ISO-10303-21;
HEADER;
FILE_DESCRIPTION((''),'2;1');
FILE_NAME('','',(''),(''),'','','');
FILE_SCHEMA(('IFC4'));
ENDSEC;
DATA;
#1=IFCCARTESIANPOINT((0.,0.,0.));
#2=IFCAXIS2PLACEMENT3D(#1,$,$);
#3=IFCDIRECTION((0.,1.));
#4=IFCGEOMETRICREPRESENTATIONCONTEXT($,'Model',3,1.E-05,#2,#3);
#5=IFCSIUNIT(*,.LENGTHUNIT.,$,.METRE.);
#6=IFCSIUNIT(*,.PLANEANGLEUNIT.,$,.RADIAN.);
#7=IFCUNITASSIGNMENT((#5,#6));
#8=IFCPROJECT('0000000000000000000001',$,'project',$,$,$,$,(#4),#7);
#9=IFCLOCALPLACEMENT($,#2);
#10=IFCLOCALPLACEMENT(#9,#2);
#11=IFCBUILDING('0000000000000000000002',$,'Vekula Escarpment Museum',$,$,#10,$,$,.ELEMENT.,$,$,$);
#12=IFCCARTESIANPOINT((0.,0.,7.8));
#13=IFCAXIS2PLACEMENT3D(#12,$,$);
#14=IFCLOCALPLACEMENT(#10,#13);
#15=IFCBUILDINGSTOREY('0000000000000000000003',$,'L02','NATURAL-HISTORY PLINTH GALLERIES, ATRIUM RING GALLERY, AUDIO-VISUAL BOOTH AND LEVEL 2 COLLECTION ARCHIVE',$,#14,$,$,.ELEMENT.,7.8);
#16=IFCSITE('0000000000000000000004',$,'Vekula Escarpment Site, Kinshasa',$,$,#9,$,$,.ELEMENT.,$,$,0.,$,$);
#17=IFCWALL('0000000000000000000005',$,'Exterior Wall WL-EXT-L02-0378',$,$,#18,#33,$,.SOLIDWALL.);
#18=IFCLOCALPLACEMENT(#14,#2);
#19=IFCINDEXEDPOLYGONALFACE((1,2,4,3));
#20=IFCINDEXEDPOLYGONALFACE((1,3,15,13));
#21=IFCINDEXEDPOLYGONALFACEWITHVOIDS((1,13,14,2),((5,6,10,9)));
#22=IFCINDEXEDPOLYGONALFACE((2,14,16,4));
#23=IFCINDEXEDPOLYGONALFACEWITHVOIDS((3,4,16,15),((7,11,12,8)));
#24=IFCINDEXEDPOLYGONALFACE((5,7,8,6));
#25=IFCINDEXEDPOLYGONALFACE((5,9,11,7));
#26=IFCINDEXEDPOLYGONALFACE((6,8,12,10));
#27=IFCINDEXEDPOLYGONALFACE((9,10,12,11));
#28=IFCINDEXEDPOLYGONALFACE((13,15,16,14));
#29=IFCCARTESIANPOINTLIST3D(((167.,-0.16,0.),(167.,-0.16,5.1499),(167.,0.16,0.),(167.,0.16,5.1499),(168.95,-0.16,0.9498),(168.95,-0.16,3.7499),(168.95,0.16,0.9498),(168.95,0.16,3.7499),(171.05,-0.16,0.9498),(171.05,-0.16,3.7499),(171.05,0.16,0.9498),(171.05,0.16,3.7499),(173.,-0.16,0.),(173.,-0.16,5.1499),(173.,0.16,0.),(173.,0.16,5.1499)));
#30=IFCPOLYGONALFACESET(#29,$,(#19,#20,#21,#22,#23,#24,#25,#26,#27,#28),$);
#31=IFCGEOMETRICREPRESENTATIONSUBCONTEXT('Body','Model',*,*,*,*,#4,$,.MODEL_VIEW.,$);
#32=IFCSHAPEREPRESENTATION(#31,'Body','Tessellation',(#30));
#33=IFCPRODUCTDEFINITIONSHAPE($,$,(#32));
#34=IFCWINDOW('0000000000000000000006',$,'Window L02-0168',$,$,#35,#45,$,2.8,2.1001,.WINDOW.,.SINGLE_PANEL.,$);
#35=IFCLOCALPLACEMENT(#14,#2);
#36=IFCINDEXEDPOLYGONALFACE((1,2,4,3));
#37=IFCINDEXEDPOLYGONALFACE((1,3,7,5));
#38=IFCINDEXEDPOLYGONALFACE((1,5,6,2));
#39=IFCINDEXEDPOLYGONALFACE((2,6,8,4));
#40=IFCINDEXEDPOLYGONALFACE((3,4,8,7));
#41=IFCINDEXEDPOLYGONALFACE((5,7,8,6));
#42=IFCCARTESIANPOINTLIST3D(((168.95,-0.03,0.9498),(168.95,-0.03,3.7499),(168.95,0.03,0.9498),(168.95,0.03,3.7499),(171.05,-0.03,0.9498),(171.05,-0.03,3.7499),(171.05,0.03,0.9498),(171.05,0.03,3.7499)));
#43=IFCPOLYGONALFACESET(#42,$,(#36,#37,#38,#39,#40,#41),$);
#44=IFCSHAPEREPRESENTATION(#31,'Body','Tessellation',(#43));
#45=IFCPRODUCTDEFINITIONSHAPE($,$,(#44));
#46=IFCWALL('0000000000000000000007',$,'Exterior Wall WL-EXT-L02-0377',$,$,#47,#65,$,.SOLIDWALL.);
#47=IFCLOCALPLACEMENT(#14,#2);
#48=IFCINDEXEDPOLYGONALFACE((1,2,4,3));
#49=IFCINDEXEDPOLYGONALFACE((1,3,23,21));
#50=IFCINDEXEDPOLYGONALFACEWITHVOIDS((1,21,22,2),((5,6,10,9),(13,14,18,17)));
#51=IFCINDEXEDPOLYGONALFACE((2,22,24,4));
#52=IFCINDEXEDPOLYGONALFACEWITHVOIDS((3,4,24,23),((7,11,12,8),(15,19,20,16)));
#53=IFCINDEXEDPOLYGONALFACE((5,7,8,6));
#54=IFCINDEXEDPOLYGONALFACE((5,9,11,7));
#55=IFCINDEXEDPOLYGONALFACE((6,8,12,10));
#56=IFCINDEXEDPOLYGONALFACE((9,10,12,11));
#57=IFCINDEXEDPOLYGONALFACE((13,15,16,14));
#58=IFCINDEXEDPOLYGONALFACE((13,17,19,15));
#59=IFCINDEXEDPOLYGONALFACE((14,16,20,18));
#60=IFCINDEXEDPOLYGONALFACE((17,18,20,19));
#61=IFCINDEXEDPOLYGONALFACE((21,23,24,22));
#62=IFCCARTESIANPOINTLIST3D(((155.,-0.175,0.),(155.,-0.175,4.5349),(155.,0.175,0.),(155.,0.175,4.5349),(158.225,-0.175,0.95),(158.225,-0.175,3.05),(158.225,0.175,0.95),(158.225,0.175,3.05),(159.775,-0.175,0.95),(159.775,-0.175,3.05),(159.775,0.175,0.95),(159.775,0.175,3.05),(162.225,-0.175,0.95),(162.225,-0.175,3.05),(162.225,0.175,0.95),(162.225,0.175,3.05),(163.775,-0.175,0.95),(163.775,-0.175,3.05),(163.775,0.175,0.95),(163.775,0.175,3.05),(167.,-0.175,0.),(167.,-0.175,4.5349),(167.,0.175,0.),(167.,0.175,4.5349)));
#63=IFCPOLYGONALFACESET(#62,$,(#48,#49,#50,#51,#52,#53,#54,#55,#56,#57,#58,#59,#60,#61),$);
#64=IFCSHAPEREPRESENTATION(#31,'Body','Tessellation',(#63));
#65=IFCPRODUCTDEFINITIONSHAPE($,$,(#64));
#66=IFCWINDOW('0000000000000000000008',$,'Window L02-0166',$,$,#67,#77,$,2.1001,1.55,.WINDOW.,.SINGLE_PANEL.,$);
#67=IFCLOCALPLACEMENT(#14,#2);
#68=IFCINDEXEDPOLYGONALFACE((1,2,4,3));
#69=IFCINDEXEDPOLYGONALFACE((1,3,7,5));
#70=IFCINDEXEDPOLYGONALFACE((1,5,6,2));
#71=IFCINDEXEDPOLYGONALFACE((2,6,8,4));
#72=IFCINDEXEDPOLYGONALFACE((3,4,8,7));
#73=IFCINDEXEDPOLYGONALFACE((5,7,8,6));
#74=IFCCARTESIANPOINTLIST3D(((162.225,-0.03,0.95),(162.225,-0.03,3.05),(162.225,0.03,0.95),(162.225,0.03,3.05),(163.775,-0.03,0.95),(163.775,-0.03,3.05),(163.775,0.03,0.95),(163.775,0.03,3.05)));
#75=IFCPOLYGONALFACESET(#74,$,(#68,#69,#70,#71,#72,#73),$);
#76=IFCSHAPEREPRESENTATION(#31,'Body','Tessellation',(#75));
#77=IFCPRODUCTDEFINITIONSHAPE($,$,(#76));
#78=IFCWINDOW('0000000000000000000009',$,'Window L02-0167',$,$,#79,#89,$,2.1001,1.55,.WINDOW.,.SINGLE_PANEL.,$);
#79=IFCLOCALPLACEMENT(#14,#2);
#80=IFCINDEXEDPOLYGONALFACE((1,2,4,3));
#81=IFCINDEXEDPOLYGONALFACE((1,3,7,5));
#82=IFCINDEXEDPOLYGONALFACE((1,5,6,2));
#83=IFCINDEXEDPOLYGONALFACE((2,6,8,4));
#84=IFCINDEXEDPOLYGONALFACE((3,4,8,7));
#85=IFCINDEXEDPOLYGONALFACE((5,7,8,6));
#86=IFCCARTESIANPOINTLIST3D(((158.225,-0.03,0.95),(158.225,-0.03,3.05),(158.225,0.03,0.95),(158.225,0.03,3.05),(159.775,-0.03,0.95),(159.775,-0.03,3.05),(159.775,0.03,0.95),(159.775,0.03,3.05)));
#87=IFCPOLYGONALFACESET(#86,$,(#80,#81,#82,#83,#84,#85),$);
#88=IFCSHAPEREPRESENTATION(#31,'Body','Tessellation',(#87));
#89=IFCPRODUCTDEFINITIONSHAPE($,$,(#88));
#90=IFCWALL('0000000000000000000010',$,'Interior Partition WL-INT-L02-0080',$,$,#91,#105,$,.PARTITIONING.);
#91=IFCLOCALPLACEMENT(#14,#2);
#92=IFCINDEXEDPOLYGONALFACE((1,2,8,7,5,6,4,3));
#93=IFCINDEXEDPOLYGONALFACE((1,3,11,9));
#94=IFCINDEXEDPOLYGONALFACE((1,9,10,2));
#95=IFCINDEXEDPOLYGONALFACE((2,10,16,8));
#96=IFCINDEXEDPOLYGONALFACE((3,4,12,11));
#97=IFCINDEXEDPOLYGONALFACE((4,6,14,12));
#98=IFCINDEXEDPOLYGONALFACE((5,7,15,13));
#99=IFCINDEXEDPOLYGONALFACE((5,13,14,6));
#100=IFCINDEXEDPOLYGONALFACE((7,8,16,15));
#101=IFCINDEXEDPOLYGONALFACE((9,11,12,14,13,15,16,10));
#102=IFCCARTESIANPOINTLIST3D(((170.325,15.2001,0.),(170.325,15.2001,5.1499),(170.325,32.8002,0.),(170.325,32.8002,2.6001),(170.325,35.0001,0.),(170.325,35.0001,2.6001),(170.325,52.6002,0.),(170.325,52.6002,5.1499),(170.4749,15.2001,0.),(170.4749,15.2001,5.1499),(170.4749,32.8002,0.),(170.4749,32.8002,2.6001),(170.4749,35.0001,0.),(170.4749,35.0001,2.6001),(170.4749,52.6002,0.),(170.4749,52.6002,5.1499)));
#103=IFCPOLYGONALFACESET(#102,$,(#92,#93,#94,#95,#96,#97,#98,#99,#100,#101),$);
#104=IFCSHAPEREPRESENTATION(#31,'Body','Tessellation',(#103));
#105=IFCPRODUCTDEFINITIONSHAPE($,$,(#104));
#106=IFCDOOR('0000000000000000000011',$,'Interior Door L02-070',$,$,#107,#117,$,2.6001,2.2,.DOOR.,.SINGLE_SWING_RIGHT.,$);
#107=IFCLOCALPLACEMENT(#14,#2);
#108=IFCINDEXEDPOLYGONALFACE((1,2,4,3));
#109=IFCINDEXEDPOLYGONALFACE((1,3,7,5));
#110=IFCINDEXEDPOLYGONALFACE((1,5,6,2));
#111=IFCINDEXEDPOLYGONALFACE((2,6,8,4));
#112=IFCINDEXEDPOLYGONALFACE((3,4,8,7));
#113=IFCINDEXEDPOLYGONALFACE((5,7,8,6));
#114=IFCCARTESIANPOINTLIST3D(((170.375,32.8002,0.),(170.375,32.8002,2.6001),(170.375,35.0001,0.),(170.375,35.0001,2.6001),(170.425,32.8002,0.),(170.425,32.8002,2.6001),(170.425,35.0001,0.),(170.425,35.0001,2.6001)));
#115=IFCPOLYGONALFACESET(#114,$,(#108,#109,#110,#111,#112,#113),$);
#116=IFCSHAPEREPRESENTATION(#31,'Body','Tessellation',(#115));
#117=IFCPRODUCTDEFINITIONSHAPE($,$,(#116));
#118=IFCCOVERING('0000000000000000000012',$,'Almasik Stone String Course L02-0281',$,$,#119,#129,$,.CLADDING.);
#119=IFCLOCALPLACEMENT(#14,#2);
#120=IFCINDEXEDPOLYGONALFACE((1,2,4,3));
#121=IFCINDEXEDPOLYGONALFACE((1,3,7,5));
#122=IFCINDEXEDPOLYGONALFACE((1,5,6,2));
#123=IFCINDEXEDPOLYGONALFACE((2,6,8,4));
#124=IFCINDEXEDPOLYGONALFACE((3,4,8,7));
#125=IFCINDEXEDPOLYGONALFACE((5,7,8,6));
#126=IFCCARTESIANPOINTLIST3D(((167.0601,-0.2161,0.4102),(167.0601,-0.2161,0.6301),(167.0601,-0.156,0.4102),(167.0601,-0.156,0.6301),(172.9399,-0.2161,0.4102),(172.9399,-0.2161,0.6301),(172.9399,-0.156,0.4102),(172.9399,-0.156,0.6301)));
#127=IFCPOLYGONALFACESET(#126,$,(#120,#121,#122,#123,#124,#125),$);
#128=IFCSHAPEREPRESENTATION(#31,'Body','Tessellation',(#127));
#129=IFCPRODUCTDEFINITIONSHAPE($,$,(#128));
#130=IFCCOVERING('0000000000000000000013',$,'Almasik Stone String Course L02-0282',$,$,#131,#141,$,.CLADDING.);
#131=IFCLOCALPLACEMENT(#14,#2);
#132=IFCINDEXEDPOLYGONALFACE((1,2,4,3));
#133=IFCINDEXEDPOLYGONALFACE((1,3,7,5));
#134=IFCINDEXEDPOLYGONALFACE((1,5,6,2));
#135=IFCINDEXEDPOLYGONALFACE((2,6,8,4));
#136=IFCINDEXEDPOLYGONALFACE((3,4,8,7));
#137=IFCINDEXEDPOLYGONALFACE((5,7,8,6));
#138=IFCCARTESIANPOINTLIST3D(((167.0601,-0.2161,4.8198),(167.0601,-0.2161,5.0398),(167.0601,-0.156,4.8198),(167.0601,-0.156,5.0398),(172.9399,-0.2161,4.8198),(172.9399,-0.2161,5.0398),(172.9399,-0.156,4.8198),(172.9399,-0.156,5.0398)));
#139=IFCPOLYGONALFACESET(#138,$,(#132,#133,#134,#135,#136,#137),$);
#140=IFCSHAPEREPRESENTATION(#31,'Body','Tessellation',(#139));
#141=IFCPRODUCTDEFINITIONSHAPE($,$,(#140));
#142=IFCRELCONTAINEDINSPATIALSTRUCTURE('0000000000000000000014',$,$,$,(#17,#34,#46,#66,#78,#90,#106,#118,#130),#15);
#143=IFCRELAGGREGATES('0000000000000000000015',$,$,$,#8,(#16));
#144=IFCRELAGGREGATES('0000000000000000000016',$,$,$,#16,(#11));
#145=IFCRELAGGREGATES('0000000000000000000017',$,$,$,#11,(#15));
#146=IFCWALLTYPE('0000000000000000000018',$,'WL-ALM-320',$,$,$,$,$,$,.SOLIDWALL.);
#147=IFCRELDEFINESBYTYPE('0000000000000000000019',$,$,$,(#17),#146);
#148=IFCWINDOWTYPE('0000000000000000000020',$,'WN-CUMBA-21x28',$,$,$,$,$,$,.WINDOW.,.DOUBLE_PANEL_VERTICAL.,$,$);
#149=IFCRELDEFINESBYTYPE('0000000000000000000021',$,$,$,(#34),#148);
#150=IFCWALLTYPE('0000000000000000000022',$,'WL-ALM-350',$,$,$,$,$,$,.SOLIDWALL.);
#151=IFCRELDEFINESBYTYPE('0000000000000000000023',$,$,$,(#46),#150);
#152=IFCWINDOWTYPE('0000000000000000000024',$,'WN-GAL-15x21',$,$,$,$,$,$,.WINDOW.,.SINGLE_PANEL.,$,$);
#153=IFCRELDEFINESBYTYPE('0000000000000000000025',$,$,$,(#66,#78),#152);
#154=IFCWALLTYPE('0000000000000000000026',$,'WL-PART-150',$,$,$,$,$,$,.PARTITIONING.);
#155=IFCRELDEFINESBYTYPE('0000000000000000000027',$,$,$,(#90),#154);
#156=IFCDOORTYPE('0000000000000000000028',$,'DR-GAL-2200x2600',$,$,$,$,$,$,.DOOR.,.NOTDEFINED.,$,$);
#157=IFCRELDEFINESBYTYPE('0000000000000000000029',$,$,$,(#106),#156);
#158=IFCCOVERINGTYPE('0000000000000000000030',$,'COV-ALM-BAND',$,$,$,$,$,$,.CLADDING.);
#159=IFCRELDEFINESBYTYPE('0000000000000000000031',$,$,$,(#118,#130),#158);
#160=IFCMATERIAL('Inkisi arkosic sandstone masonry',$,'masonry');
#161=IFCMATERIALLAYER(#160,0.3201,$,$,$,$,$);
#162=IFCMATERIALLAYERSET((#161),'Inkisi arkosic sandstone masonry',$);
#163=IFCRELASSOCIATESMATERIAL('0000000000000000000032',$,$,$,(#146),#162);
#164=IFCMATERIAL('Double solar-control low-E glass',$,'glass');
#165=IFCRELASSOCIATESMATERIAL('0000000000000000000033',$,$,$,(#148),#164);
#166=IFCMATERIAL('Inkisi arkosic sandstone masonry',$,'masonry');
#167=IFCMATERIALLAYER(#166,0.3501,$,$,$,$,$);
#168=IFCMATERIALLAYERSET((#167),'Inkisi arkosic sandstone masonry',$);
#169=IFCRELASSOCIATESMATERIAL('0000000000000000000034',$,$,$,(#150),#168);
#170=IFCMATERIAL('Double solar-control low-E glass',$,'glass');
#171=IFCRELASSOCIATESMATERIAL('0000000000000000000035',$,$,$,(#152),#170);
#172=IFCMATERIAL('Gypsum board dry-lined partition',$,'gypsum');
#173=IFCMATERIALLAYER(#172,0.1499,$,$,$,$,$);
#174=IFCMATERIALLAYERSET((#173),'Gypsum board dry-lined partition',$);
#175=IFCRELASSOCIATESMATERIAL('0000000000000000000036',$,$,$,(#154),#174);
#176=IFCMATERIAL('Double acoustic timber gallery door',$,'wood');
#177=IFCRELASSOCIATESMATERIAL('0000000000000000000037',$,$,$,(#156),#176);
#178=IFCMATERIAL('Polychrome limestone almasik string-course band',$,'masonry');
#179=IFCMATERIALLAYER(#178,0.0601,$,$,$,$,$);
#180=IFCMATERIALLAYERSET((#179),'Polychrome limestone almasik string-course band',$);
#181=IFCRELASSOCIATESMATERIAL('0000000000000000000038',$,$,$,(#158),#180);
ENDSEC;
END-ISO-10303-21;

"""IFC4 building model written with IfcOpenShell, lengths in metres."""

from ifc_helpers import new_model, si_unit, direction, frame, frame_2d, origin, origin_2d, place, context, subcontext, project, spatial, rectangle, extrude, material, layer, layer_set, type_object, element, fill, save


model = new_model("IFC4")

# Units and contexts
model_context = context("Model", 3, precision=1e-05, world=origin(), true_north=direction((0.0, 1.0)))
body_context = subcontext(model_context, "Body", "Model", "MODEL_VIEW")
ifc_project = project(units=[si_unit("LENGTHUNIT", "METRE"), si_unit("PLANEANGLEUNIT", "RADIAN")], contexts=[model_context])

# Site, building, storey
site_placement = place(None, origin())
site = spatial("IfcSite", under=ifc_project, at=site_placement, Name="Vekula Escarpment Site, Kinshasa", CompositionType="ELEMENT", RefElevation=0.0)
building_placement = place(site_placement, origin())
building = spatial("IfcBuilding", under=site, at=building_placement, Name="Vekula Escarpment Museum", CompositionType="ELEMENT")
storey_placement = place(building_placement, frame((0.0, 0.0, 7.8)))
storey = spatial("IfcBuildingStorey", under=building, at=storey_placement, Name="L02", Description="NATURAL-HISTORY PLINTH GALLERIES, ATRIUM RING GALLERY, AUDIO-VISUAL BOOTH AND LEVEL 2 COLLECTION ARCHIVE", CompositionType="ELEMENT", Elevation=7.8)

# Shared definitions
ifc_material_1 = material(Name="Inkisi arkosic sandstone masonry", Category="masonry")
ifc_layer_1 = layer(ifc_material_1, 0.3201)
ifc_layer_set_1 = layer_set([ifc_layer_1], Name="Inkisi arkosic sandstone masonry")
wall_type_1 = type_object("IfcWallType", Name="WL-ALM-320", PredefinedType="SOLIDWALL", material=ifc_layer_set_1)
ifc_material_2 = material(Name="Double solar-control low-E glass", Category="glass")
window_type_1 = type_object("IfcWindowType", Name="WN-CUMBA-21x28", PartitioningType="DOUBLE_PANEL_VERTICAL", PredefinedType="WINDOW", material=ifc_material_2)

# Wall, opening, window
wall_1_placement = place(storey_placement, frame((173.0, 0.0, 0.0), z_axis=(0.0, 0.0, 1.0), x_axis=(-1.0, 0.0, 0.0)))
wall_1 = element("IfcWall", 1, at=wall_1_placement, inside=storey, type_object=wall_type_1, Name="Exterior Wall WL-EXT-L02-0378", PredefinedType="SOLIDWALL", context=body_context, shape_type="SweptSolid", body=[
    extrude(rectangle(XDim=6.0, YDim=0.3201, at=frame_2d((3.0, 0.0))), origin(), (0.0, 0.0, 1.0), 5.1499),
])
opening_1_placement = place(wall_1_placement, frame((1.95, 0.0, 0.95)))
opening_1 = element("IfcOpeningElement", 2, at=opening_1_placement, cuts=wall_1, PredefinedType="OPENING", context=body_context, shape_type="SweptSolid", body=[
    extrude(rectangle(XDim=2.1001, YDim=2.8, at=frame_2d((1.05, 1.3999))), frame((0.0, 0.1699, 0.0), z_axis=(0.0, -1.0, 0.0), x_axis=(1.0, 0.0, 0.0)), (0.0, 0.0, 1.0), 0.3401),
])
window_1_placement = place(opening_1_placement, origin())
window_1 = element("IfcWindow", 3, at=window_1_placement, inside=storey, type_object=window_type_1, Name="Window L02-0168", OverallHeight=2.8, OverallWidth=2.1001, PartitioningType="SINGLE_PANEL", PredefinedType="WINDOW", context=body_context, shape_type="SweptSolid", body=[
    extrude(rectangle(XDim=2.1001, YDim=2.8, at=frame_2d((1.05, 1.3999))), frame((0.0, 0.03, 0.0), z_axis=(0.0, -1.0, 0.0), x_axis=(1.0, 0.0, 0.0)), (0.0, 0.0, 1.0), 0.0601),
])
fill(opening_1, window_1)

# Wall, openings, windows
ifc_material_3 = material(Name="Inkisi arkosic sandstone masonry", Category="masonry")
ifc_layer_2 = layer(ifc_material_3, 0.3501)
ifc_layer_set_2 = layer_set([ifc_layer_2], Name="Inkisi arkosic sandstone masonry")
wall_type_2 = type_object("IfcWallType", Name="WL-ALM-350", PredefinedType="SOLIDWALL", material=ifc_layer_set_2)
wall_2_placement = place(storey_placement, frame((167.0, 0.0, 0.0), z_axis=(0.0, 0.0, 1.0), x_axis=(-1.0, 0.0, 0.0)))
wall_2 = element("IfcWall", 4, at=wall_2_placement, inside=storey, type_object=wall_type_2, Name="Exterior Wall WL-EXT-L02-0377", PredefinedType="SOLIDWALL", context=body_context, shape_type="SweptSolid", body=[
    extrude(rectangle(XDim=12.0, YDim=0.3501, at=frame_2d((6.0, 0.0))), origin(), (0.0, 0.0, 1.0), 4.5349),
])
opening_2_placement = place(wall_2_placement, frame((3.2251, 0.0, 0.95)))
opening_2 = element("IfcOpeningElement", 5, at=opening_2_placement, cuts=wall_2, PredefinedType="OPENING", context=body_context, shape_type="SweptSolid", body=[
    extrude(rectangle(XDim=1.55, YDim=2.1001, at=frame_2d((0.7749, 1.05))), frame((0.0, 0.1851, 0.0), z_axis=(0.0, -1.0, 0.0), x_axis=(1.0, 0.0, 0.0)), (0.0, 0.0, 1.0), 0.3701),
])
opening_3_placement = place(wall_2_placement, frame((7.2251, 0.0, 0.95)))
opening_3 = element("IfcOpeningElement", 6, at=opening_3_placement, cuts=wall_2, PredefinedType="OPENING", context=body_context, shape_type="SweptSolid", body=[
    extrude(rectangle(XDim=1.55, YDim=2.1001, at=frame_2d((0.7749, 1.05))), frame((0.0, 0.1851, 0.0), z_axis=(0.0, -1.0, 0.0), x_axis=(1.0, 0.0, 0.0)), (0.0, 0.0, 1.0), 0.3701),
])
ifc_material_4 = material(Name="Double solar-control low-E glass", Category="glass")
window_type_2 = type_object("IfcWindowType", Name="WN-GAL-15x21", PartitioningType="SINGLE_PANEL", PredefinedType="WINDOW", material=ifc_material_4)
window_2_placement = place(opening_2_placement, origin())
window_2 = element("IfcWindow", 7, at=window_2_placement, inside=storey, type_object=window_type_2, Name="Window L02-0166", OverallHeight=2.1001, OverallWidth=1.55, PartitioningType="SINGLE_PANEL", PredefinedType="WINDOW", context=body_context, shape_type="SweptSolid", body=[
    extrude(rectangle(XDim=1.55, YDim=2.1001, at=frame_2d((0.7749, 1.05))), frame((0.0, 0.03, 0.0), z_axis=(0.0, -1.0, 0.0), x_axis=(1.0, 0.0, 0.0)), (0.0, 0.0, 1.0), 0.0601),
])
fill(opening_2, window_2)
window_3_placement = place(opening_3_placement, origin())
window_3 = element("IfcWindow", 8, at=window_3_placement, inside=storey, type_object=window_type_2, Name="Window L02-0167", OverallHeight=2.1001, OverallWidth=1.55, PartitioningType="SINGLE_PANEL", PredefinedType="WINDOW", context=body_context, shape_type="SweptSolid", body=[
    extrude(rectangle(XDim=1.55, YDim=2.1001, at=frame_2d((0.7749, 1.05))), frame((0.0, 0.03, 0.0), z_axis=(0.0, -1.0, 0.0), x_axis=(1.0, 0.0, 0.0)), (0.0, 0.0, 1.0), 0.0601),
])
fill(opening_3, window_3)

# Wall, opening, door
ifc_material_5 = material(Name="Gypsum board dry-lined partition", Category="gypsum")
ifc_layer_3 = layer(ifc_material_5, 0.1499)
ifc_layer_set_3 = layer_set([ifc_layer_3], Name="Gypsum board dry-lined partition")
wall_type_3 = type_object("IfcWallType", Name="WL-PART-150", PredefinedType="PARTITIONING", material=ifc_layer_set_3)
wall_3_placement = place(storey_placement, frame((170.3999, 15.2, 0.0), z_axis=(0.0, 0.0, 1.0), x_axis=(0.0, 1.0, 0.0)))
wall_3 = element("IfcWall", 9, at=wall_3_placement, inside=storey, type_object=wall_type_3, Name="Interior Partition WL-INT-L02-0080", PredefinedType="PARTITIONING", context=body_context, shape_type="SweptSolid", body=[
    extrude(rectangle(XDim=37.4001, YDim=0.1499, at=frame_2d((18.7002, 0.0))), origin(), (0.0, 0.0, 1.0), 5.1499),
])
opening_4_placement = place(wall_3_placement, frame((17.6001, 0.0, 0.0)))
opening_4 = element("IfcOpeningElement", 10, at=opening_4_placement, cuts=wall_3, PredefinedType="OPENING", context=body_context, shape_type="SweptSolid", body=[
    extrude(rectangle(XDim=2.2, YDim=2.6001, at=frame_2d((1.1001, 1.3))), frame((0.0, 0.085, 0.0), z_axis=(0.0, -1.0, 0.0), x_axis=(1.0, 0.0, 0.0)), (0.0, 0.0, 1.0), 0.1699),
])
ifc_material_6 = material(Name="Double acoustic timber gallery door", Category="wood")
door_type = type_object("IfcDoorType", Name="DR-GAL-2200x2600", OperationType="NOTDEFINED", PredefinedType="DOOR", material=ifc_material_6)
door_placement = place(opening_4_placement, origin())
door = element("IfcDoor", 11, at=door_placement, inside=storey, type_object=door_type, Name="Interior Door L02-070", OperationType="SINGLE_SWING_RIGHT", OverallHeight=2.6001, OverallWidth=2.2, PredefinedType="DOOR", context=body_context, shape_type="SweptSolid", body=[
    extrude(rectangle(XDim=2.2, YDim=2.6001, at=frame_2d((1.1001, 1.3))), frame((0.0, 0.0249, 0.0), z_axis=(0.0, -1.0, 0.0), x_axis=(1.0, 0.0, 0.0)), (0.0, 0.0, 1.0), 0.05),
])
fill(opening_4, door)

# Coverings
ifc_material_7 = material(Name="Polychrome limestone almasik string-course band", Category="masonry")
ifc_layer_4 = layer(ifc_material_7, 0.0601)
ifc_layer_set_4 = layer_set([ifc_layer_4], Name="Polychrome limestone almasik string-course band")
covering_type = type_object("IfcCoveringType", Name="COV-ALM-BAND", PredefinedType="CLADDING", material=ifc_layer_set_4)
for number, where, z_axis, x_axis, name in (
    (12, (170.0, -0.186, 0.4102), (0.0, 0.0, 1.0), (1.0, 0.0, 0.0), "Almasik Stone String Course L02-0281"),
    (13, (170.0, -0.186, 4.8198), (0.0, 0.0, 1.0), (1.0, 0.0, 0.0), "Almasik Stone String Course L02-0282"),
):
    element("IfcCovering", number, at=place(storey_placement, frame(where, z_axis=z_axis, x_axis=x_axis)), inside=storey, type_object=covering_type, Name=name, PredefinedType="CLADDING", context=body_context, shape_type="SweptSolid", body=[
        extrude(rectangle(XDim=5.8799, YDim=0.0601, at=origin_2d()), origin(), (0.0, 0.0, 1.0), 0.22),
    ])

save(model, "model.ifc")
